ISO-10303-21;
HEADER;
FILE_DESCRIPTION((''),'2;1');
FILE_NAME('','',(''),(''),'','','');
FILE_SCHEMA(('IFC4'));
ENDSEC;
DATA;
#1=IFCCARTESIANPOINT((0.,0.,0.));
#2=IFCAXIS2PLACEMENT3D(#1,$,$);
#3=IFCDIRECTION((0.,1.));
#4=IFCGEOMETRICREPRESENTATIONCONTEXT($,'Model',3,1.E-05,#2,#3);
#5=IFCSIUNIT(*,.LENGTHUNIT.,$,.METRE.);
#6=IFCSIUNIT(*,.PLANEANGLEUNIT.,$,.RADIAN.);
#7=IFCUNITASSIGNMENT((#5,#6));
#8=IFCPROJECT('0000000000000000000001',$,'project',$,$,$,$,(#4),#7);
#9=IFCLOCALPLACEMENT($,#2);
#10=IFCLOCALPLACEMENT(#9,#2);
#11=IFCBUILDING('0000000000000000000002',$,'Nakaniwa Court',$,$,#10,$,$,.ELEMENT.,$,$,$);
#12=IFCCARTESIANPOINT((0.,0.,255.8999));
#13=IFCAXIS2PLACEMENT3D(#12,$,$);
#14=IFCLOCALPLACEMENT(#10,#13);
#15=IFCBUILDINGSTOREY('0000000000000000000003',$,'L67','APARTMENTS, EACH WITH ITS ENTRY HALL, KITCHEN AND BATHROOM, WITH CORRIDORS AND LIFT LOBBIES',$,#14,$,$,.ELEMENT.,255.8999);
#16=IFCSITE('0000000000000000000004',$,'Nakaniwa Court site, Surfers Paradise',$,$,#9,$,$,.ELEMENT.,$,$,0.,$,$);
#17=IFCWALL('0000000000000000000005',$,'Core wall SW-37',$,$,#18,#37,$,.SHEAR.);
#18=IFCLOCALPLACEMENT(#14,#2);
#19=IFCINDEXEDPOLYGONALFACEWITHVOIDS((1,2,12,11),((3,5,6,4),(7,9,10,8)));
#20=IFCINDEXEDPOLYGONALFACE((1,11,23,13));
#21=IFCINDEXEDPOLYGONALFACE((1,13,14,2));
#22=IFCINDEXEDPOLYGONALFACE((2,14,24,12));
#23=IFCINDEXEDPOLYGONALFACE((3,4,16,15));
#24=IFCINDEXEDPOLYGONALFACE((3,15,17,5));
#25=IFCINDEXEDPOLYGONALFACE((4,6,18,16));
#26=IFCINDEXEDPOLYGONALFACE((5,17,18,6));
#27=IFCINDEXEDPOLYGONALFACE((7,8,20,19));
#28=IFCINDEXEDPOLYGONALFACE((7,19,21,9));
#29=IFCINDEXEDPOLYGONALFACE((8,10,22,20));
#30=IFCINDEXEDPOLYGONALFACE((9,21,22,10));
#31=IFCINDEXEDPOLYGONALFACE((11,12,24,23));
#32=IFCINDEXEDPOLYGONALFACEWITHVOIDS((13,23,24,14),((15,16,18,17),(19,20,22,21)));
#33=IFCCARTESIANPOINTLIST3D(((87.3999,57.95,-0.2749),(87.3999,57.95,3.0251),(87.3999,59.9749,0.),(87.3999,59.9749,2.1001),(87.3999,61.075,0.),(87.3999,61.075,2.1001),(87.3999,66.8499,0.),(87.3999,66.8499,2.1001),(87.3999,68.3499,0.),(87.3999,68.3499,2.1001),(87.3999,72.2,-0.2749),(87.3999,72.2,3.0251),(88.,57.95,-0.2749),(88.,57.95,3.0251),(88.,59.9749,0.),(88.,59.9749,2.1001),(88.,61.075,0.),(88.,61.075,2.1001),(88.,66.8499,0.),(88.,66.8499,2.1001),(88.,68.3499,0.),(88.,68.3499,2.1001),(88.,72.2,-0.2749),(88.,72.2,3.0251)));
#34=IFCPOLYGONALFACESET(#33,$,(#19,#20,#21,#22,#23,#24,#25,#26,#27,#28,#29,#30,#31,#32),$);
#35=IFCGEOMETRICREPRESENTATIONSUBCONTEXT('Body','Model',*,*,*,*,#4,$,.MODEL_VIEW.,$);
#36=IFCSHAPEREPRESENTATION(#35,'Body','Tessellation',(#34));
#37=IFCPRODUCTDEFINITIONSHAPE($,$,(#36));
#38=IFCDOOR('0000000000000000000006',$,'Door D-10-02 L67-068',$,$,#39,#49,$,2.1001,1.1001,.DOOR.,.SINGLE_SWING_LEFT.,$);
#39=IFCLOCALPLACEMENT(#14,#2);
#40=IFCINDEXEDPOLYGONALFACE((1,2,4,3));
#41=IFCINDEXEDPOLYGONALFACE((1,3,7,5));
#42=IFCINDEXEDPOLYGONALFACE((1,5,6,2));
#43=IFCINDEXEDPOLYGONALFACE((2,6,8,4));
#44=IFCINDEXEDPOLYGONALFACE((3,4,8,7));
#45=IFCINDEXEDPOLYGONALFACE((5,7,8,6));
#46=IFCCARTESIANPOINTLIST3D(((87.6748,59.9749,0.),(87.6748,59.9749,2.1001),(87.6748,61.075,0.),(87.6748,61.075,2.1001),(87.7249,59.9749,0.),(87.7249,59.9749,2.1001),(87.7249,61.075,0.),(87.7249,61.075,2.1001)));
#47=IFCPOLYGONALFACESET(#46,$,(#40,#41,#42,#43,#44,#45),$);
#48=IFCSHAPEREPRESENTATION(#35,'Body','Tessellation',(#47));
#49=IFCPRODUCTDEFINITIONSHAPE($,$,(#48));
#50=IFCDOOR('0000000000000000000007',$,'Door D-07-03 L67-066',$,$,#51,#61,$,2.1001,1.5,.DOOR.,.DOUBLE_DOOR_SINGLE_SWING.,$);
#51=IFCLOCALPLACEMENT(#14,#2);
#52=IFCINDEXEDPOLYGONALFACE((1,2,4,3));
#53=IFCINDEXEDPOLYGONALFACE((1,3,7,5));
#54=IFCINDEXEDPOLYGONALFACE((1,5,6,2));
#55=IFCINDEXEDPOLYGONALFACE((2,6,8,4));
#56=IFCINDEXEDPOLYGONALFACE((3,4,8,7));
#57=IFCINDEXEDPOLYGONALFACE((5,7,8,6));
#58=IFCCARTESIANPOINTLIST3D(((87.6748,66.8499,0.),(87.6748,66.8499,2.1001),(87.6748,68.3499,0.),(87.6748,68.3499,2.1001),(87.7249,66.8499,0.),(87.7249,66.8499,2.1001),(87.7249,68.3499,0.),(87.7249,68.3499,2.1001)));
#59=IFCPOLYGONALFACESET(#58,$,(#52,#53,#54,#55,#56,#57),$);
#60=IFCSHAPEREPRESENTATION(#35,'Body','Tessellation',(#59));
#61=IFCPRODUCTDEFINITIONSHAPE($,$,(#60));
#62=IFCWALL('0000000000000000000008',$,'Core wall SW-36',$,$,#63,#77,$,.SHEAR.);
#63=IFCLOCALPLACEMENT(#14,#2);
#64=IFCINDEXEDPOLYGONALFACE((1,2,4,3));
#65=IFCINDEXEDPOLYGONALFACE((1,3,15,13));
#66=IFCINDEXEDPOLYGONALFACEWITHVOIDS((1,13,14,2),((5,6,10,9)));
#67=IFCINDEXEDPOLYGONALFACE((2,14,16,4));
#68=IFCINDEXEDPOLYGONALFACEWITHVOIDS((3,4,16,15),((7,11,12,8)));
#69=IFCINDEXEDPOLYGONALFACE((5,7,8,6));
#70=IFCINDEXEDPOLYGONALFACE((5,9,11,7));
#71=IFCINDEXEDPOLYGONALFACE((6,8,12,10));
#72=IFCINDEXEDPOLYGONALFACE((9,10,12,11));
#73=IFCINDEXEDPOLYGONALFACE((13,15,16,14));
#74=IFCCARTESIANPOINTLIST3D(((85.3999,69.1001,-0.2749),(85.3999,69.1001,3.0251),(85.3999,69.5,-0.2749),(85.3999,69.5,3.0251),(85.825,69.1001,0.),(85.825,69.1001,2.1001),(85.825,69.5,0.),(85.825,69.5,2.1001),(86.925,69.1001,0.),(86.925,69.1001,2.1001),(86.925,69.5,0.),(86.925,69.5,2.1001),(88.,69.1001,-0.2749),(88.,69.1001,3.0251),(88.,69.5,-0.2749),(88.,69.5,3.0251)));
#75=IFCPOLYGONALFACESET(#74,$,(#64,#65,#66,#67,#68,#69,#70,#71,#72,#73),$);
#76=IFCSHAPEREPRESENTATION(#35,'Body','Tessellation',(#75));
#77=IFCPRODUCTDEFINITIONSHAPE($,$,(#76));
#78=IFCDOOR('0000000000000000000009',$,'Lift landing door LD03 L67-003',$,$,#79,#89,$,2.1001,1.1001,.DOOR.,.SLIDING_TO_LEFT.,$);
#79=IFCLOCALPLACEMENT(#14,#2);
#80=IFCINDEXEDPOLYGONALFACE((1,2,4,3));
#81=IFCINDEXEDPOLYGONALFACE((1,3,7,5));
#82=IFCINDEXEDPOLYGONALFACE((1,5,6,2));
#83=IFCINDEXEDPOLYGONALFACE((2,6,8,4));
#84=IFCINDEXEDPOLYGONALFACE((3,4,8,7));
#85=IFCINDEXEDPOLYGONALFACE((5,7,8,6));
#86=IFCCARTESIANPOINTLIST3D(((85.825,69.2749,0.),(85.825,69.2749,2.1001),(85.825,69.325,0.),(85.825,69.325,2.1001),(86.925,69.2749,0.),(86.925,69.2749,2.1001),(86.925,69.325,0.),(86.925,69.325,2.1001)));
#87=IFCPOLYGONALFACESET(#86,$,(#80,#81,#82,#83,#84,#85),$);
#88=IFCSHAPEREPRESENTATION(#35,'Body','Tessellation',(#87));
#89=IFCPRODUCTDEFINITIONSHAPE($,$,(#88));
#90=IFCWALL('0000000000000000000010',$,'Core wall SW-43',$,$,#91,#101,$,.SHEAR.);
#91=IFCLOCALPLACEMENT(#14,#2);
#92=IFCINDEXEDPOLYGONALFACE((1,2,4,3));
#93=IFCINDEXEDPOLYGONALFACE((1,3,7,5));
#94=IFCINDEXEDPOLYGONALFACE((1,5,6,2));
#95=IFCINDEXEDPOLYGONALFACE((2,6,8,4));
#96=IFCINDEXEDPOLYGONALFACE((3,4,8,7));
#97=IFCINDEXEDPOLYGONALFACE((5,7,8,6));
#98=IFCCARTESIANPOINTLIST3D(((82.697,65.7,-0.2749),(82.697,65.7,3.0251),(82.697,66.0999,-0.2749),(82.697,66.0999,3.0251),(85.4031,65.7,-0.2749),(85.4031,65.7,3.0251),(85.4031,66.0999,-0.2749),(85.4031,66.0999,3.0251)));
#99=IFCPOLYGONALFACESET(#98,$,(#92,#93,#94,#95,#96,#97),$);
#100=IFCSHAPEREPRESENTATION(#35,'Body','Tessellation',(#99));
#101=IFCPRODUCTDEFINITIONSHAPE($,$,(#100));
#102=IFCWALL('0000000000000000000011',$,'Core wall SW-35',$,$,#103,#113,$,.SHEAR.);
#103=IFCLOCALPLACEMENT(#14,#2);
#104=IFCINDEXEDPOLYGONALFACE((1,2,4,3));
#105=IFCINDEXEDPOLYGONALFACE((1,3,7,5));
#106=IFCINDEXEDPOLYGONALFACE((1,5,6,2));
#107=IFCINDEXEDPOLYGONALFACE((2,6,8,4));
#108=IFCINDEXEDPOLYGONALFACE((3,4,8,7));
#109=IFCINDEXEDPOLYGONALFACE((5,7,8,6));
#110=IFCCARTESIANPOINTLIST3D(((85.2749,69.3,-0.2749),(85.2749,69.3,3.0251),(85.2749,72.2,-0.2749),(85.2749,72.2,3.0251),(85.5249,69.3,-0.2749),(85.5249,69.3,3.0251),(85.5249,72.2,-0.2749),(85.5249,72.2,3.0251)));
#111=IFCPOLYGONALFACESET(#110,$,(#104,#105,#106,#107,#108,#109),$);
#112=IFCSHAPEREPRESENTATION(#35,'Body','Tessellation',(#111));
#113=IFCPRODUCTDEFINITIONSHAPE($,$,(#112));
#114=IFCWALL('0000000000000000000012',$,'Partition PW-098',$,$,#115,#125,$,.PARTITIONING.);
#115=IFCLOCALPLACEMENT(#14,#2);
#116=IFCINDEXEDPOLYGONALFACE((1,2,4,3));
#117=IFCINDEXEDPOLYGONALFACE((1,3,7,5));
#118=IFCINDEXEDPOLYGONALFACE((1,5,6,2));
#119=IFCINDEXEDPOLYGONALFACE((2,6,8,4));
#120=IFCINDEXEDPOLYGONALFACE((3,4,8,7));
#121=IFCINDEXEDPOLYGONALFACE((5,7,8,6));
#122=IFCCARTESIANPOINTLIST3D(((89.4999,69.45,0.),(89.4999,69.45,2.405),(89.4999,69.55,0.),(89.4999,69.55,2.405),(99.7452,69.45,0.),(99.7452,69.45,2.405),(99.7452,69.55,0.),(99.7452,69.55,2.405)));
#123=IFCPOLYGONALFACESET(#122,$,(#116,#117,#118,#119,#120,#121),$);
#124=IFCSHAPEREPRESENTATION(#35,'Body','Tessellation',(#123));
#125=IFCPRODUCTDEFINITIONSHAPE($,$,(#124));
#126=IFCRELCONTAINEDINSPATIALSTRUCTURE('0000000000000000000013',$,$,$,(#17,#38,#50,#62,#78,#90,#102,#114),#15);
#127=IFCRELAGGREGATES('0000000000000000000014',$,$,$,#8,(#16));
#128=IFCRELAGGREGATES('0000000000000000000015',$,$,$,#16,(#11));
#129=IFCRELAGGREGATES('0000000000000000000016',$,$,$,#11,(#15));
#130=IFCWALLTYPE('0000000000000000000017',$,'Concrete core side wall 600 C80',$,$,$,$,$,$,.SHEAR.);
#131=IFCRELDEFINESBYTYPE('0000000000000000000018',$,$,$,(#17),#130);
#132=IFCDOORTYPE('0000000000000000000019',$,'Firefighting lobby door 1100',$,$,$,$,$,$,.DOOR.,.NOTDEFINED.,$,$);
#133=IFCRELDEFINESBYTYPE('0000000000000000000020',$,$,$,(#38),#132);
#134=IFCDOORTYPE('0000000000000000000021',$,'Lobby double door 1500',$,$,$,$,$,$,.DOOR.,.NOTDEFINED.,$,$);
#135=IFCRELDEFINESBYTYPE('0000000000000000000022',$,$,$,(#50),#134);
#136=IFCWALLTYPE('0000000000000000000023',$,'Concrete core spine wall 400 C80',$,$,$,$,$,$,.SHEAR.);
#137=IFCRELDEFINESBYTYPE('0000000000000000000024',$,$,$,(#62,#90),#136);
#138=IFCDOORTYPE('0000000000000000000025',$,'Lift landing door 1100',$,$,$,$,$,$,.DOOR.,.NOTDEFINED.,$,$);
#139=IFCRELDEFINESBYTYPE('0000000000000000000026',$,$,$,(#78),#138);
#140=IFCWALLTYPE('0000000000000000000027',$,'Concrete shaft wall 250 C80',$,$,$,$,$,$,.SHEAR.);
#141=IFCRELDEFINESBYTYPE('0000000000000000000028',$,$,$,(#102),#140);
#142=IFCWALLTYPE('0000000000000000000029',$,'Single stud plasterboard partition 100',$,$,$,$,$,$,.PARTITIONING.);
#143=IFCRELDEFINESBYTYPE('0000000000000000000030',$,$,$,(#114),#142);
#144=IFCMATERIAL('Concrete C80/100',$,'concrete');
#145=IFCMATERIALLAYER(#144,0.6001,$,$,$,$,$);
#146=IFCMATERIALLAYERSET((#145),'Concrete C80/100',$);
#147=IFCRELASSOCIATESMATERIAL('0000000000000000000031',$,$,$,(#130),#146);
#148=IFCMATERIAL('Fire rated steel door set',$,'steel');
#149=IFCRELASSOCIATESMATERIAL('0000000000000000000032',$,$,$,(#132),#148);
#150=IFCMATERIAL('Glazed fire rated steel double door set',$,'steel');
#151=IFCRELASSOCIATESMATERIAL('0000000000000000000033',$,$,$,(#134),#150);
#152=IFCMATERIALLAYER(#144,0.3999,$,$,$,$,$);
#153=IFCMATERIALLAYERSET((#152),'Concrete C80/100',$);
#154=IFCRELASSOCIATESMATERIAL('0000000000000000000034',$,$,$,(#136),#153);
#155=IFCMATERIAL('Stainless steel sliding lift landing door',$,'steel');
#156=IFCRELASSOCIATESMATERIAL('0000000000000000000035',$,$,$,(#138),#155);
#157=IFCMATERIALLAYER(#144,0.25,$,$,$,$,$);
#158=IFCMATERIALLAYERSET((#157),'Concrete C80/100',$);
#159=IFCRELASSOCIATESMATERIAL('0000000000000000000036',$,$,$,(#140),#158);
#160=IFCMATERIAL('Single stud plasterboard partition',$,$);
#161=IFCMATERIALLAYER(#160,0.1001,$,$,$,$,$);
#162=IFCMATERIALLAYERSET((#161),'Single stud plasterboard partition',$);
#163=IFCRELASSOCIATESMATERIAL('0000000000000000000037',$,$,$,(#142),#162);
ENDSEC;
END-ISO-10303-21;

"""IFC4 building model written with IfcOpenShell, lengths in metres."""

from ifc_helpers import new_model, si_unit, direction, frame, frame_2d, origin, place, context, subcontext, project, spatial, rectangle, extrude, material, layer, layer_set, type_object, element, fill, save


model = new_model("IFC4")

# Units and contexts
model_context = context("Model", 3, precision=1e-05, world=origin(), true_north=direction((0.0, 1.0)))
body_context = subcontext(model_context, "Body", "Model", "MODEL_VIEW")
ifc_project = project(units=[si_unit("LENGTHUNIT", "METRE"), si_unit("PLANEANGLEUNIT", "RADIAN")], contexts=[model_context])

# Site, building, storey
site_placement = place(None, origin())
site = spatial("IfcSite", under=ifc_project, at=site_placement, Name="Nakaniwa Court site, Surfers Paradise", CompositionType="ELEMENT", RefElevation=0.0)
building_placement = place(site_placement, origin())
building = spatial("IfcBuilding", under=site, at=building_placement, Name="Nakaniwa Court", CompositionType="ELEMENT")
storey_placement = place(building_placement, frame((0.0, 0.0, 255.8999)))
storey = spatial("IfcBuildingStorey", under=building, at=storey_placement, Name="L67", Description="APARTMENTS, EACH WITH ITS ENTRY HALL, KITCHEN AND BATHROOM, WITH CORRIDORS AND LIFT LOBBIES", CompositionType="ELEMENT", Elevation=255.8999)

# Shared definitions
ifc_material_1 = material(Name="Concrete C80/100", Category="concrete")

# Shared definitions
ifc_material_2 = material(Name="Fire rated steel door set", Category="steel")

# Wall, openings, doors
ifc_layer_1 = layer(ifc_material_1, 0.6001)
ifc_layer_set_1 = layer_set([ifc_layer_1], Name="Concrete C80/100")
wall_type_1 = type_object("IfcWallType", Name="Concrete core side wall 600 C80", PredefinedType="SHEAR", material=ifc_layer_set_1)
wall_1_placement = place(storey_placement, frame((87.7, 72.2, -0.2749), z_axis=(0.0, 0.0, 1.0), x_axis=(0.0, -1.0, 0.0)))
wall_1 = element("IfcWall", 1, at=wall_1_placement, inside=storey, type_object=wall_type_1, Name="Core wall SW-37", PredefinedType="SHEAR", context=body_context, shape_type="SweptSolid", body=[
    extrude(rectangle(XDim=14.25, YDim=0.6001, at=frame_2d((7.125, 0.0))), origin(), (0.0, 0.0, 1.0), 3.3),
])
opening_1_placement = place(wall_1_placement, frame((3.8501, 0.0, 0.2749)))
opening_1 = element("IfcOpeningElement", 2, at=opening_1_placement, cuts=wall_1, PredefinedType="OPENING", context=body_context, shape_type="SweptSolid", body=[
    extrude(rectangle(XDim=1.5, YDim=2.1001, at=frame_2d((0.75, 1.05))), frame((0.0, 0.3101, 0.0), z_axis=(0.0, -1.0, 0.0), x_axis=(1.0, 0.0, 0.0)), (0.0, 0.0, 1.0), 0.6201),
])
opening_2_placement = place(wall_1_placement, frame((11.125, 0.0, 0.2749)))
opening_2 = element("IfcOpeningElement", 3, at=opening_2_placement, cuts=wall_1, PredefinedType="OPENING", context=body_context, shape_type="SweptSolid", body=[
    extrude(rectangle(XDim=1.1001, YDim=2.1001, at=frame_2d((0.55, 1.05))), frame((0.0, 0.3101, 0.0), z_axis=(0.0, -1.0, 0.0), x_axis=(1.0, 0.0, 0.0)), (0.0, 0.0, 1.0), 0.6201),
])
door_type_1 = type_object("IfcDoorType", Name="Firefighting lobby door 1100", OperationType="NOTDEFINED", PredefinedType="DOOR", material=ifc_material_2)
door_1_placement = place(opening_2_placement, origin())
door_1 = element("IfcDoor", 4, at=door_1_placement, inside=storey, type_object=door_type_1, Name="Door D-10-02 L67-068", OperationType="SINGLE_SWING_LEFT", OverallHeight=2.1001, OverallWidth=1.1001, PredefinedType="DOOR", context=body_context, shape_type="SweptSolid", body=[
    extrude(rectangle(XDim=1.1001, YDim=2.1001, at=frame_2d((0.55, 1.05))), frame((0.0, 0.0249, 0.0), z_axis=(0.0, -1.0, 0.0), x_axis=(1.0, 0.0, 0.0)), (0.0, 0.0, 1.0), 0.05),
])
fill(opening_2, door_1)
ifc_material_3 = material(Name="Glazed fire rated steel double door set", Category="steel")
door_type_2 = type_object("IfcDoorType", Name="Lobby double door 1500", OperationType="NOTDEFINED", PredefinedType="DOOR", material=ifc_material_3)
door_2_placement = place(opening_1_placement, origin())
door_2 = element("IfcDoor", 5, at=door_2_placement, inside=storey, type_object=door_type_2, Name="Door D-07-03 L67-066", OperationType="DOUBLE_DOOR_SINGLE_SWING", OverallHeight=2.1001, OverallWidth=1.5, PredefinedType="DOOR", context=body_context, shape_type="SweptSolid", body=[
    extrude(rectangle(XDim=1.5, YDim=2.1001, at=frame_2d((0.75, 1.05))), frame((0.0, 0.0249, 0.0), z_axis=(0.0, -1.0, 0.0), x_axis=(1.0, 0.0, 0.0)), (0.0, 0.0, 1.0), 0.05),
])
fill(opening_1, door_2)

# Wall, opening, door
ifc_layer_2 = layer(ifc_material_1, 0.3999)
ifc_layer_set_2 = layer_set([ifc_layer_2], Name="Concrete C80/100")
wall_type_2 = type_object("IfcWallType", Name="Concrete core spine wall 400 C80", PredefinedType="SHEAR", material=ifc_layer_set_2)
wall_2_placement = place(storey_placement, frame((85.3999, 69.3, -0.2749), z_axis=(0.0, 0.0, 1.0), x_axis=(1.0, 0.0, 0.0)))
wall_2 = element("IfcWall", 6, at=wall_2_placement, inside=storey, type_object=wall_type_2, Name="Core wall SW-36", PredefinedType="SHEAR", context=body_context, shape_type="SweptSolid", body=[
    extrude(rectangle(XDim=2.6001, YDim=0.3999, at=frame_2d((1.3, 0.0))), origin(), (0.0, 0.0, 1.0), 3.3),
])
opening_3_placement = place(wall_2_placement, frame((0.425, 0.0, 0.2749)))
opening_3 = element("IfcOpeningElement", 7, at=opening_3_placement, cuts=wall_2, PredefinedType="OPENING", context=body_context, shape_type="SweptSolid", body=[
    extrude(rectangle(XDim=1.1001, YDim=2.1001, at=frame_2d((0.55, 1.05))), frame((0.0, 0.21, 0.0), z_axis=(0.0, -1.0, 0.0), x_axis=(1.0, 0.0, 0.0)), (0.0, 0.0, 1.0), 0.4199),
])
ifc_material_4 = material(Name="Stainless steel sliding lift landing door", Category="steel")
door_type_3 = type_object("IfcDoorType", Name="Lift landing door 1100", OperationType="NOTDEFINED", PredefinedType="DOOR", material=ifc_material_4)
door_3_placement = place(opening_3_placement, origin())
door_3 = element("IfcDoor", 8, at=door_3_placement, inside=storey, type_object=door_type_3, Name="Lift landing door LD03 L67-003", OperationType="SLIDING_TO_LEFT", OverallHeight=2.1001, OverallWidth=1.1001, PredefinedType="DOOR", context=body_context, shape_type="SweptSolid", body=[
    extrude(rectangle(XDim=1.1001, YDim=2.1001, at=frame_2d((0.55, 1.05))), frame((0.0, 0.0249, 0.0), z_axis=(0.0, -1.0, 0.0), x_axis=(1.0, 0.0, 0.0)), (0.0, 0.0, 1.0), 0.05),
])
fill(opening_3, door_3)

# Walls
wall_3_placement = place(storey_placement, frame((82.697, 65.8999, -0.2749), z_axis=(0.0, 0.0, 1.0), x_axis=(1.0, 0.0, 0.0)))
element("IfcWall", 9, at=wall_3_placement, inside=storey, type_object=wall_type_2, Name="Core wall SW-43", PredefinedType="SHEAR", context=body_context, shape_type="SweptSolid", body=[
    extrude(rectangle(XDim=2.7061, YDim=0.3999, at=frame_2d((1.353, 0.0))), origin(), (0.0, 0.0, 1.0), 3.3),
])
ifc_layer_3 = layer(ifc_material_1, 0.25)
ifc_layer_set_3 = layer_set([ifc_layer_3], Name="Concrete C80/100")
wall_type_3 = type_object("IfcWallType", Name="Concrete shaft wall 250 C80", PredefinedType="SHEAR", material=ifc_layer_set_3)
wall_4_placement = place(storey_placement, frame((85.3999, 69.3, -0.2749), z_axis=(0.0, 0.0, 1.0), x_axis=(0.0, 1.0, 0.0)))
element("IfcWall", 10, at=wall_4_placement, inside=storey, type_object=wall_type_3, Name="Core wall SW-35", PredefinedType="SHEAR", context=body_context, shape_type="SweptSolid", body=[
    extrude(rectangle(XDim=2.8999, YDim=0.25, at=frame_2d((1.45, 0.0))), origin(), (0.0, 0.0, 1.0), 3.3),
])
ifc_material_5 = material(Name="Single stud plasterboard partition")
ifc_layer_4 = layer(ifc_material_5, 0.1001)
ifc_layer_set_4 = layer_set([ifc_layer_4], Name="Single stud plasterboard partition")
wall_type_4 = type_object("IfcWallType", Name="Single stud plasterboard partition 100", PredefinedType="PARTITIONING", material=ifc_layer_set_4)
wall_5_placement = place(storey_placement, frame((89.5, 69.5, 0.0), z_axis=(0.0, 0.0, 1.0), x_axis=(1.0, 0.0, 0.0)))
element("IfcWall", 11, at=wall_5_placement, inside=storey, type_object=wall_type_4, Name="Partition PW-098", PredefinedType="PARTITIONING", context=body_context, shape_type="SweptSolid", body=[
    extrude(rectangle(XDim=10.2454, YDim=0.1001, at=frame_2d((5.1226, 0.0))), origin(), (0.0, 0.0, 1.0), 2.405),
])

save(model, "model.ifc")
